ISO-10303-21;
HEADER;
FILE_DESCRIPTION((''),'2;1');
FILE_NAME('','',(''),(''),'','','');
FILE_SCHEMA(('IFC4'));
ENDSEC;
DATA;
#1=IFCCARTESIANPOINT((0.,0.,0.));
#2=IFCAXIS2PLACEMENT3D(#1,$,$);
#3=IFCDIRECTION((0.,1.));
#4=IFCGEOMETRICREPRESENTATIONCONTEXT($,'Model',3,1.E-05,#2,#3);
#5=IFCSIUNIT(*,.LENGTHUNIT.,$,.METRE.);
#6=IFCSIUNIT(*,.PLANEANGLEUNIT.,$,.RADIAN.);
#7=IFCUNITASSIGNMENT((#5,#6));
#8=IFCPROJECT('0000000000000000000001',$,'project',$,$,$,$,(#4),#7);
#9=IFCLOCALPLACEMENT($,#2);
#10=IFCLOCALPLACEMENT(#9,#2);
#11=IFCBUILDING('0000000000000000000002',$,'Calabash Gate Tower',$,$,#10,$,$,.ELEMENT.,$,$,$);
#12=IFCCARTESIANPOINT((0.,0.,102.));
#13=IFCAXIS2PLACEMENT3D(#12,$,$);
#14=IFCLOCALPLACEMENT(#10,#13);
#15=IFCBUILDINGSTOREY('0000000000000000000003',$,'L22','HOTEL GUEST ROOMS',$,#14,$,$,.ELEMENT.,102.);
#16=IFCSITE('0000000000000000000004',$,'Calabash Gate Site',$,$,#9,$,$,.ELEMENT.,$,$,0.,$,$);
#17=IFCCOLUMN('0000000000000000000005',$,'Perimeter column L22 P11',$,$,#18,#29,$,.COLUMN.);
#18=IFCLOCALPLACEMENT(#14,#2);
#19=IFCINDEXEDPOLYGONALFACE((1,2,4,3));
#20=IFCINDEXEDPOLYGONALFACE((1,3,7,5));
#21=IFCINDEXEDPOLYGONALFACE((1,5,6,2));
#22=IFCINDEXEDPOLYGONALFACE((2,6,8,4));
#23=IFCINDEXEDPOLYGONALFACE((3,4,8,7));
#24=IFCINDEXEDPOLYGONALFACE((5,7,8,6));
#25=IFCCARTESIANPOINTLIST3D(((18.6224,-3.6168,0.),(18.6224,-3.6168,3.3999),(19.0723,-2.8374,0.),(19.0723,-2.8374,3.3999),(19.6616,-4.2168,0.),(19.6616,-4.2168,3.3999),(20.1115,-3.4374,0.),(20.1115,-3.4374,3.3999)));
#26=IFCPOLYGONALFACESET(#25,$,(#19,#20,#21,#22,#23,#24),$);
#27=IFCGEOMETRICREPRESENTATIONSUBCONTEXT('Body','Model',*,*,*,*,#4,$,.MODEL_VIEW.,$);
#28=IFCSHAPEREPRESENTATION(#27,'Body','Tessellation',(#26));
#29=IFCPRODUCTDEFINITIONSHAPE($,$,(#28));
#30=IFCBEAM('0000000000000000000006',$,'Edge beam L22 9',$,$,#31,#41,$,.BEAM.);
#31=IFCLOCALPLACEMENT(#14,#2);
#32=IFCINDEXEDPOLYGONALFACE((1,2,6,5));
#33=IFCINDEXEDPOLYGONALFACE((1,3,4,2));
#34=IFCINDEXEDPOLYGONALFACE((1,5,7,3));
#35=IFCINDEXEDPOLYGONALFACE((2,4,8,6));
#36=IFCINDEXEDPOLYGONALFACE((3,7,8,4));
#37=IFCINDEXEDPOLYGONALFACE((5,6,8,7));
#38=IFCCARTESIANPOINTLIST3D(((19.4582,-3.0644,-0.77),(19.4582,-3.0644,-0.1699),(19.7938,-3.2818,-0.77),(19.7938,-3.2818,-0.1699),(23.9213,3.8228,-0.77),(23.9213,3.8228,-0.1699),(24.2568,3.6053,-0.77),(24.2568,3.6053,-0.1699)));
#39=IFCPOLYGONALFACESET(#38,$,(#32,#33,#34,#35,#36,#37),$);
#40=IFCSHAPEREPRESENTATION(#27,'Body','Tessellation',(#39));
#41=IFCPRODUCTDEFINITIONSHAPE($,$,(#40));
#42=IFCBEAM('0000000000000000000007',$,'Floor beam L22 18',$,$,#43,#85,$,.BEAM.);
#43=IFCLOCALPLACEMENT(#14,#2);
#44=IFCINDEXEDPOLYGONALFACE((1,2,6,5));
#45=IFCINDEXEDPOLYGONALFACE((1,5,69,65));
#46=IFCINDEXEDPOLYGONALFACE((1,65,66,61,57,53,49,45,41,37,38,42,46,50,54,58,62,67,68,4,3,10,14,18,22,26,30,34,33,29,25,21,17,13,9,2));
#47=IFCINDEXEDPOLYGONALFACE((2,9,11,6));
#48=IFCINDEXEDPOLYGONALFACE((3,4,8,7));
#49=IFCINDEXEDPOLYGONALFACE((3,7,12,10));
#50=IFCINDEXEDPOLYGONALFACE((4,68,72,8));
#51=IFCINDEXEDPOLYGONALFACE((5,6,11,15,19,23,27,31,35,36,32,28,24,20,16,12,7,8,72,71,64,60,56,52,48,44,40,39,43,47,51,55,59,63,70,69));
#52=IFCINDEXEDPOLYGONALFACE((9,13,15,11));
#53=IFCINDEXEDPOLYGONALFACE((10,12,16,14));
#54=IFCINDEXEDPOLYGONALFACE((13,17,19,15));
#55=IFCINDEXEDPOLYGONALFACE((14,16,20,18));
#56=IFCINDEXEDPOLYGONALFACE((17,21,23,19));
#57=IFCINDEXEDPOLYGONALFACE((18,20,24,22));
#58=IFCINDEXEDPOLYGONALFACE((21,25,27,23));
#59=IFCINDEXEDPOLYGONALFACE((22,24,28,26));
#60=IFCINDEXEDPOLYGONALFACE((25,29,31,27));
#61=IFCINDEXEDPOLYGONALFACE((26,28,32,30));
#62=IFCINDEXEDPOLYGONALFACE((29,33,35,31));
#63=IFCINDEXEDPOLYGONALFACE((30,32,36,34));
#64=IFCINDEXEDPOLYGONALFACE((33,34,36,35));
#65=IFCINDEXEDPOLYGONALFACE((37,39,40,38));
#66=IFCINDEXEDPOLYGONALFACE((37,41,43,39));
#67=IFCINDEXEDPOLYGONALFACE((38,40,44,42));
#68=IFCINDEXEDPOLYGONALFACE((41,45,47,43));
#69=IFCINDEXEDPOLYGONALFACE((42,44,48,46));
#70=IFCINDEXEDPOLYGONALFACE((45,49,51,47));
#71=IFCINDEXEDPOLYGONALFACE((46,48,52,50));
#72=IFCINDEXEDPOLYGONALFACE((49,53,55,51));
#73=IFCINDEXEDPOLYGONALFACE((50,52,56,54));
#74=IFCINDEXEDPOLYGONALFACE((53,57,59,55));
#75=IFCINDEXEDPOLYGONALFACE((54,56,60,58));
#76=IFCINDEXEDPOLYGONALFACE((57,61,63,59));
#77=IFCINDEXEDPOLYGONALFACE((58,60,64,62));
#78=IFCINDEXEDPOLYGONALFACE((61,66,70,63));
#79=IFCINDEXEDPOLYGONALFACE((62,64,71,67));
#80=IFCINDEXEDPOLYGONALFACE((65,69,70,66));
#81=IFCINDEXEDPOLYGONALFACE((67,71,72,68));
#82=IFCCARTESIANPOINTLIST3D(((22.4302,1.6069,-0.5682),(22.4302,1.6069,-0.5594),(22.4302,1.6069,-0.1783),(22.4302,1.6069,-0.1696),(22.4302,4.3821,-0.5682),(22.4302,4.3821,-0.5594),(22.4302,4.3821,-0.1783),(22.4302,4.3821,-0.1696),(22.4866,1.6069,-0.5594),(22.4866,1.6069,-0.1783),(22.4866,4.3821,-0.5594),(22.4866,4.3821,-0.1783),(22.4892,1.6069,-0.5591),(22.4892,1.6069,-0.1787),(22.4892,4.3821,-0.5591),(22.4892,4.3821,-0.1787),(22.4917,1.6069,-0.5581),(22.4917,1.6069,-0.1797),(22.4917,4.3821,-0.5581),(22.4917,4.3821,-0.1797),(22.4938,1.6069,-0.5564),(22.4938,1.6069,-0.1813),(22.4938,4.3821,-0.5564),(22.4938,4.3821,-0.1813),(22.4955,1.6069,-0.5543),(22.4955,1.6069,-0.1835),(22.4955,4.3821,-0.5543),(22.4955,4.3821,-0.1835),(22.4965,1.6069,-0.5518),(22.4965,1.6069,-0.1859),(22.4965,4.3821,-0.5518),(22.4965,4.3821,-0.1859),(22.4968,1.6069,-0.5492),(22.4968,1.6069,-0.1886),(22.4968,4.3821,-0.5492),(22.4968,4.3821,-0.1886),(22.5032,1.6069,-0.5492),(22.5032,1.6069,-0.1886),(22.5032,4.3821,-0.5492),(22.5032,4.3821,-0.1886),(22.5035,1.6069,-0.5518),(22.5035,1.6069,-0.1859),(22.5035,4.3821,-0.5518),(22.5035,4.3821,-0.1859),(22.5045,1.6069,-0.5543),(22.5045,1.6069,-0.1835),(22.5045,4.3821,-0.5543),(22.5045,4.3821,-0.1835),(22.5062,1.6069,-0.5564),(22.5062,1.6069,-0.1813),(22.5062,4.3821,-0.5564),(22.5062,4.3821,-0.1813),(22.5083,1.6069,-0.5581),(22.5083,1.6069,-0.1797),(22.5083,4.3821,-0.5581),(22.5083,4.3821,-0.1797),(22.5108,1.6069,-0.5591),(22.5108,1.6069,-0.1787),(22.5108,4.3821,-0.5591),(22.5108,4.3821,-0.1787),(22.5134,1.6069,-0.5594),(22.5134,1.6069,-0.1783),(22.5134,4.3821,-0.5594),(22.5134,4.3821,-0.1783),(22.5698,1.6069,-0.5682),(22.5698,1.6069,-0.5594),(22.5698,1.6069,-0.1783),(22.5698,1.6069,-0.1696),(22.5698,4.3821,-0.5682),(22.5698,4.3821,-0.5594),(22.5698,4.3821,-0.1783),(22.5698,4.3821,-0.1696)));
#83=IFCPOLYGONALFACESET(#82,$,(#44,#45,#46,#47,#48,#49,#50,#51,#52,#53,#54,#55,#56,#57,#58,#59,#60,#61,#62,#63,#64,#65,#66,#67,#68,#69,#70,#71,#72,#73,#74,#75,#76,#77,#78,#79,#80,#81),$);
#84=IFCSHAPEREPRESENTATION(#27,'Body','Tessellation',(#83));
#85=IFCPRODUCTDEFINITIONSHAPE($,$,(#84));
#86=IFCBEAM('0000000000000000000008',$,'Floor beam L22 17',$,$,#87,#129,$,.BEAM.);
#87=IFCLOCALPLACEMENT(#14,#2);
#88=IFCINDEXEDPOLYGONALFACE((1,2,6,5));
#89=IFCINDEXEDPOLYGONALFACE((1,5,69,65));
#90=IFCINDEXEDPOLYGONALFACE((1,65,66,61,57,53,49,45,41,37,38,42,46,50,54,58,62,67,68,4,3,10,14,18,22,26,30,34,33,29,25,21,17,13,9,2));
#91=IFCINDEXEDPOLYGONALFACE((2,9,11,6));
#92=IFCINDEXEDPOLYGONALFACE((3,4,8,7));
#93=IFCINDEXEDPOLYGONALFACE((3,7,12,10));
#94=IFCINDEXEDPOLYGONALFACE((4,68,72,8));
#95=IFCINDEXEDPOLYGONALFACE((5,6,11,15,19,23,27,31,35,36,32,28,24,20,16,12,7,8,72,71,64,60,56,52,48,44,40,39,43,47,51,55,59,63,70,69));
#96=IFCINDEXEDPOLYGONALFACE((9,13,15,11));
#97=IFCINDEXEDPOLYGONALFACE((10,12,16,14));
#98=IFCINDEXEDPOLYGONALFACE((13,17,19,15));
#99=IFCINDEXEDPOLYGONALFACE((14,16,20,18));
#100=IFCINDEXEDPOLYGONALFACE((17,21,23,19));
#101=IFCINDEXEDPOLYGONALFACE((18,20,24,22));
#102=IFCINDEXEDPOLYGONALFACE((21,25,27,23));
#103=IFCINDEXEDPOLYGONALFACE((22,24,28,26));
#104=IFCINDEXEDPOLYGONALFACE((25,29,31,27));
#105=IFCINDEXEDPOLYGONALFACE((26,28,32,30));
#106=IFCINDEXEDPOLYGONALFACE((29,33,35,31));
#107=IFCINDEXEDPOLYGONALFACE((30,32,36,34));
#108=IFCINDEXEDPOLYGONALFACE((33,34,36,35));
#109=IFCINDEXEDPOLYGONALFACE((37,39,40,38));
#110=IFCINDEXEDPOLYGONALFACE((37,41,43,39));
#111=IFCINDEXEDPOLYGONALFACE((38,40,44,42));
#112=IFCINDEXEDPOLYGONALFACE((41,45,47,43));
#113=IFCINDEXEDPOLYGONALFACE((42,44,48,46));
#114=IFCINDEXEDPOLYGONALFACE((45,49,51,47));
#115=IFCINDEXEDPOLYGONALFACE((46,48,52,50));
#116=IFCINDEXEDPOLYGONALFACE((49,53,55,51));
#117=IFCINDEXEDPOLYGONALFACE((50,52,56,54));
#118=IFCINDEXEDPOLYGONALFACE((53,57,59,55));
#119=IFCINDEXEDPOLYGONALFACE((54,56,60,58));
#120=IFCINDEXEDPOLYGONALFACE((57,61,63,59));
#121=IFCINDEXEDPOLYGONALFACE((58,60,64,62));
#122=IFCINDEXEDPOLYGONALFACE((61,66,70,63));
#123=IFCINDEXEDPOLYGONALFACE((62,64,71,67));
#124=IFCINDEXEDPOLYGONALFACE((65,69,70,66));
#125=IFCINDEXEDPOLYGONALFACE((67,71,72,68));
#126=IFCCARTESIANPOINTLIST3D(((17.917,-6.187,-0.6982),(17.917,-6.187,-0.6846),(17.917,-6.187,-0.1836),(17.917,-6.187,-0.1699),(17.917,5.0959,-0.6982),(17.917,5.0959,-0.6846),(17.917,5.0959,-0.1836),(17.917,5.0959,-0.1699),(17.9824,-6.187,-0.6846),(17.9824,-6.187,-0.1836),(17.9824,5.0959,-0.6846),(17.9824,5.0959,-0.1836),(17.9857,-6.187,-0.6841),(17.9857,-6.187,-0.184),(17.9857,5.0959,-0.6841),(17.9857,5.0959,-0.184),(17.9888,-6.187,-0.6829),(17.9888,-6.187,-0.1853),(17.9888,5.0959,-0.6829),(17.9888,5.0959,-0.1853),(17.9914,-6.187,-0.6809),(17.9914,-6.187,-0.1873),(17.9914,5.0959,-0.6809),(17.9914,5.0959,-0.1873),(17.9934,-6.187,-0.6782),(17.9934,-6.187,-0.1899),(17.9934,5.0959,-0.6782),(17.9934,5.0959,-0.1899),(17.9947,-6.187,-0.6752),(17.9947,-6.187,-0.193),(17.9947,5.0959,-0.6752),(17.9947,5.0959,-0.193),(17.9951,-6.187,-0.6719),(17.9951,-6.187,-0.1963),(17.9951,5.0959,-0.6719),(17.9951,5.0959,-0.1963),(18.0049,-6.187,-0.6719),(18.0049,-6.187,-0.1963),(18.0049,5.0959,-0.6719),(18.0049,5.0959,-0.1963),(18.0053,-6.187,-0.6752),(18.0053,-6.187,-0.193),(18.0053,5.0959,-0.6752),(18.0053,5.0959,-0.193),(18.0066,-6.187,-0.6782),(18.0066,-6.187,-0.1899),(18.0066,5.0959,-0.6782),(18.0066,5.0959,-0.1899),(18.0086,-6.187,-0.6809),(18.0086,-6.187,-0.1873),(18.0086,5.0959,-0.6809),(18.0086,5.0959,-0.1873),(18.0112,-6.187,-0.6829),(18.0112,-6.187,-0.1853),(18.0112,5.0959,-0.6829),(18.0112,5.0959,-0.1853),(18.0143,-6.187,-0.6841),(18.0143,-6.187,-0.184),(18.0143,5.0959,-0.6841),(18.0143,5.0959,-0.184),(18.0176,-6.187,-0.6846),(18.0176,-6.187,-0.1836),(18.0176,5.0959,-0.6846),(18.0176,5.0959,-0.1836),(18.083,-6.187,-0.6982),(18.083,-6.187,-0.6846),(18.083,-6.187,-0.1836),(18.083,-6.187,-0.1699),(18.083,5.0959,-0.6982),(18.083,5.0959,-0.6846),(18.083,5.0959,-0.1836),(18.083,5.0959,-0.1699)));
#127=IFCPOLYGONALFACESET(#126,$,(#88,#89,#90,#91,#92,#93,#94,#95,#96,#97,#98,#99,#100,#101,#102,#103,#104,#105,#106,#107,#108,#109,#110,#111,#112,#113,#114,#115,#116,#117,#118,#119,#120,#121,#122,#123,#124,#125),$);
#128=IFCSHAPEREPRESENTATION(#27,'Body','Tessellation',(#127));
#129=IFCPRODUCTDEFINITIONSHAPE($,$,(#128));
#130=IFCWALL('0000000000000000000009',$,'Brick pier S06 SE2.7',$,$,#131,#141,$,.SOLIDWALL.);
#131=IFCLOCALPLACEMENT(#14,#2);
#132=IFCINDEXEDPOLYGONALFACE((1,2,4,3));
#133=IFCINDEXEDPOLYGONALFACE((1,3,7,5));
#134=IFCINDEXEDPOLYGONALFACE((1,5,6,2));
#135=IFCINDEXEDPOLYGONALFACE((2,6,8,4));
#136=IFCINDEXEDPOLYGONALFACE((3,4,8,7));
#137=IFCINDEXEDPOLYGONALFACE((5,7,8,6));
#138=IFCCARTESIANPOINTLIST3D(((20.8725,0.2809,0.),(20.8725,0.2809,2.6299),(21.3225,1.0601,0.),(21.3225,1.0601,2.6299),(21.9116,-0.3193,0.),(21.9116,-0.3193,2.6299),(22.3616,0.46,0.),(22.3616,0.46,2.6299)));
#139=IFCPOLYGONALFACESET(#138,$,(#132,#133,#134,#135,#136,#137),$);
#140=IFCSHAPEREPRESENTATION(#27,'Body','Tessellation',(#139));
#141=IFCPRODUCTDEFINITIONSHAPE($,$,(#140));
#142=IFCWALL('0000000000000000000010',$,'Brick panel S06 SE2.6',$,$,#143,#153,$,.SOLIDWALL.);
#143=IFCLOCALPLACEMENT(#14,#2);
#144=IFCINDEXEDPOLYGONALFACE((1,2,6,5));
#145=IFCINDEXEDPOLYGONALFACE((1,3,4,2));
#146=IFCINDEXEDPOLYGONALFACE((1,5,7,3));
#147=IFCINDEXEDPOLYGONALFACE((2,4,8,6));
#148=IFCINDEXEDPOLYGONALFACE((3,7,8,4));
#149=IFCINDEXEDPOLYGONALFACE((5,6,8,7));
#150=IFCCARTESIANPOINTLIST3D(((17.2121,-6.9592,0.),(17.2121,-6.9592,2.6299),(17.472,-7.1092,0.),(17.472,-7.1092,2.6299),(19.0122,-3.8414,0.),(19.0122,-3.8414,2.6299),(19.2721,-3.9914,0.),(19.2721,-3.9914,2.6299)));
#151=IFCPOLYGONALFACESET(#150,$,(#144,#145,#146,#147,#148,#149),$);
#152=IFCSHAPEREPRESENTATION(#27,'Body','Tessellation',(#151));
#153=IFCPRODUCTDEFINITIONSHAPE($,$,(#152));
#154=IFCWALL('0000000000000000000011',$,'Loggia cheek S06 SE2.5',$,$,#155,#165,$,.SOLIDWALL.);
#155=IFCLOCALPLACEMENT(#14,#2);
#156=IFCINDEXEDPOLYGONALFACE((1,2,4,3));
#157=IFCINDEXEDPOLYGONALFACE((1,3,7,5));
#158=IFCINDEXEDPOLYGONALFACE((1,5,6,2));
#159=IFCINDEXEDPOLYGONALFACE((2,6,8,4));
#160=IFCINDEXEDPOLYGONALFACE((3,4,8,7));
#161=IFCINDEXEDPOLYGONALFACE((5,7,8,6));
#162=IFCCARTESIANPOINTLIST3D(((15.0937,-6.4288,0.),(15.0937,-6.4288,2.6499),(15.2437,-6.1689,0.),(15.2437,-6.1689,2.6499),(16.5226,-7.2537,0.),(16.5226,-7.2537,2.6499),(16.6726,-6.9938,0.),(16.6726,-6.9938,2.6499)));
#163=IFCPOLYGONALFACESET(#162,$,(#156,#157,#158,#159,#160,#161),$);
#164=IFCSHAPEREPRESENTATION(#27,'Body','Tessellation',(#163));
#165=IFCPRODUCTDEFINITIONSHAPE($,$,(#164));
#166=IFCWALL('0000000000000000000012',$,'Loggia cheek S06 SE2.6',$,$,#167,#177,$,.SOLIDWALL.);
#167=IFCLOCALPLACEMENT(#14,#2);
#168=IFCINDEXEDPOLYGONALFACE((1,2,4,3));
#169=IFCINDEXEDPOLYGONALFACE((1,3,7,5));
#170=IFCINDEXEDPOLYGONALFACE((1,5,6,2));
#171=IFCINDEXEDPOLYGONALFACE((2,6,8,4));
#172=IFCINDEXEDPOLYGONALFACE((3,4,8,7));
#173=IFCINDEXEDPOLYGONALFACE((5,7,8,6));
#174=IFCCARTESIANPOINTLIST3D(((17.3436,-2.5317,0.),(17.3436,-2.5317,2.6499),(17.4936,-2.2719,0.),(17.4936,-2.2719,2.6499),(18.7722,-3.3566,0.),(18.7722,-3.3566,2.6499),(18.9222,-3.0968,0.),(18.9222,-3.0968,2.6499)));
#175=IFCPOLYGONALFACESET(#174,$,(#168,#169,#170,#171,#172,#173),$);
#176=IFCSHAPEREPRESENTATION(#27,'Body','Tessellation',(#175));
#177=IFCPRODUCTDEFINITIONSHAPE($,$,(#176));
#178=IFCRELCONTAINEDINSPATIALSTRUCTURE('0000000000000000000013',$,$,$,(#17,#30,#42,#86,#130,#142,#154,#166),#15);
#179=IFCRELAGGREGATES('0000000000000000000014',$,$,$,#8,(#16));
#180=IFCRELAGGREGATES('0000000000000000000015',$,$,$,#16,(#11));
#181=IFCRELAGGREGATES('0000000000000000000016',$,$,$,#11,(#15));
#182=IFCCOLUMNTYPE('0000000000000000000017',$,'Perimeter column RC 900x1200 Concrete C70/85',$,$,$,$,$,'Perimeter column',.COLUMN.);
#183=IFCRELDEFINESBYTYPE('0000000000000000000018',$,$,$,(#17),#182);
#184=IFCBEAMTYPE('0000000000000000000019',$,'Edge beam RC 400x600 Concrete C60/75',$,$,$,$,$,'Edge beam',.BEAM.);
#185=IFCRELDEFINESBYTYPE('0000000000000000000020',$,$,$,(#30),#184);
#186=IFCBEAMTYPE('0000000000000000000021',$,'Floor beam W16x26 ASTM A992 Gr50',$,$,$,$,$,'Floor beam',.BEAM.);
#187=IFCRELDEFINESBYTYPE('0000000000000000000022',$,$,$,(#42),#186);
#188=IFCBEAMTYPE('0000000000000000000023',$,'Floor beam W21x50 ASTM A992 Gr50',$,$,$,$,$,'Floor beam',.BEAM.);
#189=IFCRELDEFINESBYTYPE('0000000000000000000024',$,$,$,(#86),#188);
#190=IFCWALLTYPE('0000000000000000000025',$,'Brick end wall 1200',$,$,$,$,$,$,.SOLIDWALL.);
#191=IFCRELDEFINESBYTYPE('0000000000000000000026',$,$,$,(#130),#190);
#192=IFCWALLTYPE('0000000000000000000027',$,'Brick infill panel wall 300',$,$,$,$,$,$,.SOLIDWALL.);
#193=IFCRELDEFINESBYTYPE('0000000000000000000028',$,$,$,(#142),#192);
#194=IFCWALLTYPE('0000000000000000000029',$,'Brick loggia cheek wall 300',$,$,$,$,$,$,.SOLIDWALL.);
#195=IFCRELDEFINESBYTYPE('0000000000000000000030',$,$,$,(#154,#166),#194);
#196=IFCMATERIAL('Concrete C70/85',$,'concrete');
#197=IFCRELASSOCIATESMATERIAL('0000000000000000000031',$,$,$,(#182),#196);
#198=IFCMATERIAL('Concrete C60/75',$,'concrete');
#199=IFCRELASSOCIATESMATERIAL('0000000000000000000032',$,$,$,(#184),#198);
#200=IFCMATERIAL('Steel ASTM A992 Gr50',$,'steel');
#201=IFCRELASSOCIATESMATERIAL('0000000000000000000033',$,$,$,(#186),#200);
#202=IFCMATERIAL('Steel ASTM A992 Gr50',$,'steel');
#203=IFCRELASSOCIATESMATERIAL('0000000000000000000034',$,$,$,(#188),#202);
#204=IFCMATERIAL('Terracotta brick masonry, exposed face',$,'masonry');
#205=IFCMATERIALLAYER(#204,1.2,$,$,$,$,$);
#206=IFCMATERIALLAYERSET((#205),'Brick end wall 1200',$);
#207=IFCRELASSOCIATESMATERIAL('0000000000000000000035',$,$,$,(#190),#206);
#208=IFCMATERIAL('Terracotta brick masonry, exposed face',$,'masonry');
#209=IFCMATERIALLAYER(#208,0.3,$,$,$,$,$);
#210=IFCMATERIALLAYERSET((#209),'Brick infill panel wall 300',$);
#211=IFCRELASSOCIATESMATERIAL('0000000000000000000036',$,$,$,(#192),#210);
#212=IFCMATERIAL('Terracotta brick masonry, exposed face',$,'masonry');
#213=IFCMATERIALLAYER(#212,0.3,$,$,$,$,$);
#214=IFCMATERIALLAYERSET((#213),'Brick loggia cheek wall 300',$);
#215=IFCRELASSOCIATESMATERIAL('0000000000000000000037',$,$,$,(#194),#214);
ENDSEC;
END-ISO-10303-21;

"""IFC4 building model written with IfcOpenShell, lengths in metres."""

from ifc_helpers import new_model, si_unit, direction, frame, frame_2d, origin, origin_2d, place, context, subcontext, project, spatial, rectangle, i_section, extrude, material, layer, layer_set, material_profile, profile_set, type_object, element, save


model = new_model("IFC4")

# Units and contexts
model_context = context("Model", 3, precision=1e-05, world=origin(), true_north=direction((0.0, 1.0)))
body_context = subcontext(model_context, "Body", "Model", "MODEL_VIEW")
ifc_project = project(units=[si_unit("LENGTHUNIT", "METRE"), si_unit("PLANEANGLEUNIT", "RADIAN")], contexts=[model_context])

# Site, building, storey
site_placement = place(None, origin())
site = spatial("IfcSite", under=ifc_project, at=site_placement, Name="Calabash Gate Site", CompositionType="ELEMENT", RefElevation=0.0)
building_placement = place(site_placement, origin())
building = spatial("IfcBuilding", under=site, at=building_placement, Name="Calabash Gate Tower", CompositionType="ELEMENT")
storey_placement = place(building_placement, frame((0.0, 0.0, 102.0)))
storey = spatial("IfcBuildingStorey", under=building, at=storey_placement, Name="L22", Description="HOTEL GUEST ROOMS", CompositionType="ELEMENT", Elevation=102.0)

# Column
ifc_material_1 = material(Name="Concrete C70/85", Category="concrete")
ifc_material_profile_1 = material_profile(ifc_material_1, rectangle(XDim=0.8999, YDim=1.2, at=origin_2d()))
ifc_profile_set_1 = profile_set([ifc_material_profile_1], Name="Concrete C70/85")
column_type = type_object("IfcColumnType", Name="Perimeter column RC 900x1200 Concrete C70/85", ElementType="Perimeter column", PredefinedType="COLUMN", material=ifc_profile_set_1)
column_placement = place(storey_placement, frame((19.3669, -3.5271, 0.0), z_axis=(0.0, 0.0, 1.0), x_axis=(0.5, 0.866025, 0.0)))
element("IfcColumn", 1, at=column_placement, inside=storey, type_object=column_type, Name="Perimeter column L22 P11", PredefinedType="COLUMN", context=body_context, shape_type="SweptSolid", body=[
    extrude(rectangle(XDim=0.8999, YDim=1.2, at=origin_2d()), origin(), (0.0, 0.0, 1.0), 3.3999),
])

# Beams
ifc_material_2 = material(Name="Concrete C60/75", Category="concrete")
ifc_material_profile_2 = material_profile(ifc_material_2, rectangle(XDim=0.3999, YDim=0.6001, at=origin_2d()))
ifc_profile_set_2 = profile_set([ifc_material_profile_2], Name="Concrete C60/75")
beam_type_1 = type_object("IfcBeamType", Name="Edge beam RC 400x600 Concrete C60/75", ElementType="Edge beam", PredefinedType="BEAM", material=ifc_profile_set_2)
beam_1_placement = place(storey_placement, frame((19.626, -3.1731, -0.47), z_axis=(0.543827, 0.839197, 0.0), x_axis=(-0.839197, 0.543827, 0.0)))
element("IfcBeam", 2, at=beam_1_placement, inside=storey, type_object=beam_type_1, Name="Edge beam L22 9", PredefinedType="BEAM", context=body_context, shape_type="SweptSolid", body=[
    extrude(rectangle(XDim=0.3999, YDim=0.6001, at=origin_2d()), origin(), (0.0, 0.0, 1.0), 8.2068),
])
ifc_material_3 = material(Name="Steel ASTM A992 Gr50", Category="steel")
ifc_material_profile_3 = material_profile(ifc_material_3, i_section(OverallWidth=0.1396, OverallDepth=0.3987, WebThickness=0.0063, FlangeThickness=0.0088, FilletRadius=0.0103, at=origin_2d()))
ifc_profile_set_3 = profile_set([ifc_material_profile_3], Name="Steel ASTM A992 Gr50")
beam_type_2 = type_object("IfcBeamType", Name="Floor beam W16x26 ASTM A992 Gr50", ElementType="Floor beam", PredefinedType="BEAM", material=ifc_profile_set_3)
beam_2_placement = place(storey_placement, frame((22.5, 1.6069, -0.3689), z_axis=(0.0, 1.0, 0.0), x_axis=(-1.0, 0.0, 0.0)))
element("IfcBeam", 3, at=beam_2_placement, inside=storey, type_object=beam_type_2, Name="Floor beam L22 18", PredefinedType="BEAM", context=body_context, shape_type="SweptSolid", body=[
    extrude(i_section(OverallWidth=0.1396, OverallDepth=0.3987, WebThickness=0.0063, FlangeThickness=0.0088, FilletRadius=0.0103, at=origin_2d()), origin(), (0.0, 0.0, 1.0), 2.7751),
])
ifc_material_4 = material(Name="Steel ASTM A992 Gr50", Category="steel")
ifc_material_profile_4 = material_profile(ifc_material_4, i_section(OverallWidth=0.166, OverallDepth=0.5283, WebThickness=0.0098, FlangeThickness=0.0137, FilletRadius=0.0127, at=origin_2d()))
ifc_profile_set_4 = profile_set([ifc_material_profile_4], Name="Steel ASTM A992 Gr50")
beam_type_3 = type_object("IfcBeamType", Name="Floor beam W21x50 ASTM A992 Gr50", ElementType="Floor beam", PredefinedType="BEAM", material=ifc_profile_set_4)
beam_3_placement = place(storey_placement, frame((18.0, -6.187, -0.4341), z_axis=(0.0, 1.0, 0.0), x_axis=(-1.0, 0.0, 0.0)))
element("IfcBeam", 4, at=beam_3_placement, inside=storey, type_object=beam_type_3, Name="Floor beam L22 17", PredefinedType="BEAM", context=body_context, shape_type="SweptSolid", body=[
    extrude(i_section(OverallWidth=0.166, OverallDepth=0.5283, WebThickness=0.0098, FlangeThickness=0.0137, FilletRadius=0.0127, at=origin_2d()), origin(), (0.0, 0.0, 1.0), 11.283),
])

# Walls
ifc_material_5 = material(Name="Terracotta brick masonry, exposed face", Category="masonry")
ifc_layer_1 = layer(ifc_material_5, 1.2)
ifc_layer_set_1 = layer_set([ifc_layer_1], Name="Brick end wall 1200")
wall_type_1 = type_object("IfcWallType", Name="Brick end wall 1200", PredefinedType="SOLIDWALL", material=ifc_layer_set_1)
wall_1_placement = place(storey_placement, frame((22.1367, 0.0703, 0.0), z_axis=(0.0, 0.0, 1.0), x_axis=(-0.865955, 0.500122, 0.0)))
element("IfcWall", 5, at=wall_1_placement, inside=storey, type_object=wall_type_1, Name="Brick pier S06 SE2.7", PredefinedType="SOLIDWALL", context=body_context, shape_type="SweptSolid", body=[
    extrude(rectangle(XDim=1.2, YDim=0.8999, at=frame_2d((0.6001, 0.0))), origin(), (0.0, 0.0, 1.0), 2.6299),
])
ifc_material_6 = material(Name="Terracotta brick masonry, exposed face", Category="masonry")
ifc_layer_2 = layer(ifc_material_6, 0.3)
ifc_layer_set_2 = layer_set([ifc_layer_2], Name="Brick infill panel wall 300")
wall_type_2 = type_object("IfcWallType", Name="Brick infill panel wall 300", PredefinedType="SOLIDWALL", material=ifc_layer_set_2)
wall_2_placement = place(storey_placement, frame((17.342, -7.0342, 0.0), z_axis=(0.0, 0.0, 1.0), x_axis=(0.500012, 0.866018, 0.0)))
element("IfcWall", 6, at=wall_2_placement, inside=storey, type_object=wall_type_2, Name="Brick panel S06 SE2.6", PredefinedType="SOLIDWALL", context=body_context, shape_type="SweptSolid", body=[
    extrude(rectangle(XDim=3.6001, YDim=0.3, at=frame_2d((1.8, 0.0))), origin(), (0.0, 0.0, 1.0), 2.6299),
])
ifc_material_7 = material(Name="Terracotta brick masonry, exposed face", Category="masonry")
ifc_layer_3 = layer(ifc_material_7, 0.3)
ifc_layer_set_3 = layer_set([ifc_layer_3], Name="Brick loggia cheek wall 300")
wall_type_3 = type_object("IfcWallType", Name="Brick loggia cheek wall 300", PredefinedType="SOLIDWALL", material=ifc_layer_set_3)
wall_3_placement = place(storey_placement, frame((15.1687, -6.2988, 0.0), z_axis=(0.0, 0.0, 1.0), x_axis=(0.86604, -0.499974, 0.0)))
element("IfcWall", 7, at=wall_3_placement, inside=storey, type_object=wall_type_3, Name="Loggia cheek S06 SE2.5", PredefinedType="SOLIDWALL", context=body_context, shape_type="SweptSolid", body=[
    extrude(rectangle(XDim=1.6499, YDim=0.3, at=frame_2d((0.825, 0.0))), origin(), (0.0, 0.0, 1.0), 2.6499),
])
wall_4_placement = place(storey_placement, frame((17.4187, -2.4019, 0.0), z_axis=(0.0, 0.0, 1.0), x_axis=(0.866003, -0.500038, 0.0)))
element("IfcWall", 8, at=wall_4_placement, inside=storey, type_object=wall_type_3, Name="Loggia cheek S06 SE2.6", PredefinedType="SOLIDWALL", context=body_context, shape_type="SweptSolid", body=[
    extrude(rectangle(XDim=1.6497, YDim=0.3, at=frame_2d((0.8247, 0.0))), origin(), (0.0, 0.0, 1.0), 2.6499),
])

save(model, "model.ifc")
